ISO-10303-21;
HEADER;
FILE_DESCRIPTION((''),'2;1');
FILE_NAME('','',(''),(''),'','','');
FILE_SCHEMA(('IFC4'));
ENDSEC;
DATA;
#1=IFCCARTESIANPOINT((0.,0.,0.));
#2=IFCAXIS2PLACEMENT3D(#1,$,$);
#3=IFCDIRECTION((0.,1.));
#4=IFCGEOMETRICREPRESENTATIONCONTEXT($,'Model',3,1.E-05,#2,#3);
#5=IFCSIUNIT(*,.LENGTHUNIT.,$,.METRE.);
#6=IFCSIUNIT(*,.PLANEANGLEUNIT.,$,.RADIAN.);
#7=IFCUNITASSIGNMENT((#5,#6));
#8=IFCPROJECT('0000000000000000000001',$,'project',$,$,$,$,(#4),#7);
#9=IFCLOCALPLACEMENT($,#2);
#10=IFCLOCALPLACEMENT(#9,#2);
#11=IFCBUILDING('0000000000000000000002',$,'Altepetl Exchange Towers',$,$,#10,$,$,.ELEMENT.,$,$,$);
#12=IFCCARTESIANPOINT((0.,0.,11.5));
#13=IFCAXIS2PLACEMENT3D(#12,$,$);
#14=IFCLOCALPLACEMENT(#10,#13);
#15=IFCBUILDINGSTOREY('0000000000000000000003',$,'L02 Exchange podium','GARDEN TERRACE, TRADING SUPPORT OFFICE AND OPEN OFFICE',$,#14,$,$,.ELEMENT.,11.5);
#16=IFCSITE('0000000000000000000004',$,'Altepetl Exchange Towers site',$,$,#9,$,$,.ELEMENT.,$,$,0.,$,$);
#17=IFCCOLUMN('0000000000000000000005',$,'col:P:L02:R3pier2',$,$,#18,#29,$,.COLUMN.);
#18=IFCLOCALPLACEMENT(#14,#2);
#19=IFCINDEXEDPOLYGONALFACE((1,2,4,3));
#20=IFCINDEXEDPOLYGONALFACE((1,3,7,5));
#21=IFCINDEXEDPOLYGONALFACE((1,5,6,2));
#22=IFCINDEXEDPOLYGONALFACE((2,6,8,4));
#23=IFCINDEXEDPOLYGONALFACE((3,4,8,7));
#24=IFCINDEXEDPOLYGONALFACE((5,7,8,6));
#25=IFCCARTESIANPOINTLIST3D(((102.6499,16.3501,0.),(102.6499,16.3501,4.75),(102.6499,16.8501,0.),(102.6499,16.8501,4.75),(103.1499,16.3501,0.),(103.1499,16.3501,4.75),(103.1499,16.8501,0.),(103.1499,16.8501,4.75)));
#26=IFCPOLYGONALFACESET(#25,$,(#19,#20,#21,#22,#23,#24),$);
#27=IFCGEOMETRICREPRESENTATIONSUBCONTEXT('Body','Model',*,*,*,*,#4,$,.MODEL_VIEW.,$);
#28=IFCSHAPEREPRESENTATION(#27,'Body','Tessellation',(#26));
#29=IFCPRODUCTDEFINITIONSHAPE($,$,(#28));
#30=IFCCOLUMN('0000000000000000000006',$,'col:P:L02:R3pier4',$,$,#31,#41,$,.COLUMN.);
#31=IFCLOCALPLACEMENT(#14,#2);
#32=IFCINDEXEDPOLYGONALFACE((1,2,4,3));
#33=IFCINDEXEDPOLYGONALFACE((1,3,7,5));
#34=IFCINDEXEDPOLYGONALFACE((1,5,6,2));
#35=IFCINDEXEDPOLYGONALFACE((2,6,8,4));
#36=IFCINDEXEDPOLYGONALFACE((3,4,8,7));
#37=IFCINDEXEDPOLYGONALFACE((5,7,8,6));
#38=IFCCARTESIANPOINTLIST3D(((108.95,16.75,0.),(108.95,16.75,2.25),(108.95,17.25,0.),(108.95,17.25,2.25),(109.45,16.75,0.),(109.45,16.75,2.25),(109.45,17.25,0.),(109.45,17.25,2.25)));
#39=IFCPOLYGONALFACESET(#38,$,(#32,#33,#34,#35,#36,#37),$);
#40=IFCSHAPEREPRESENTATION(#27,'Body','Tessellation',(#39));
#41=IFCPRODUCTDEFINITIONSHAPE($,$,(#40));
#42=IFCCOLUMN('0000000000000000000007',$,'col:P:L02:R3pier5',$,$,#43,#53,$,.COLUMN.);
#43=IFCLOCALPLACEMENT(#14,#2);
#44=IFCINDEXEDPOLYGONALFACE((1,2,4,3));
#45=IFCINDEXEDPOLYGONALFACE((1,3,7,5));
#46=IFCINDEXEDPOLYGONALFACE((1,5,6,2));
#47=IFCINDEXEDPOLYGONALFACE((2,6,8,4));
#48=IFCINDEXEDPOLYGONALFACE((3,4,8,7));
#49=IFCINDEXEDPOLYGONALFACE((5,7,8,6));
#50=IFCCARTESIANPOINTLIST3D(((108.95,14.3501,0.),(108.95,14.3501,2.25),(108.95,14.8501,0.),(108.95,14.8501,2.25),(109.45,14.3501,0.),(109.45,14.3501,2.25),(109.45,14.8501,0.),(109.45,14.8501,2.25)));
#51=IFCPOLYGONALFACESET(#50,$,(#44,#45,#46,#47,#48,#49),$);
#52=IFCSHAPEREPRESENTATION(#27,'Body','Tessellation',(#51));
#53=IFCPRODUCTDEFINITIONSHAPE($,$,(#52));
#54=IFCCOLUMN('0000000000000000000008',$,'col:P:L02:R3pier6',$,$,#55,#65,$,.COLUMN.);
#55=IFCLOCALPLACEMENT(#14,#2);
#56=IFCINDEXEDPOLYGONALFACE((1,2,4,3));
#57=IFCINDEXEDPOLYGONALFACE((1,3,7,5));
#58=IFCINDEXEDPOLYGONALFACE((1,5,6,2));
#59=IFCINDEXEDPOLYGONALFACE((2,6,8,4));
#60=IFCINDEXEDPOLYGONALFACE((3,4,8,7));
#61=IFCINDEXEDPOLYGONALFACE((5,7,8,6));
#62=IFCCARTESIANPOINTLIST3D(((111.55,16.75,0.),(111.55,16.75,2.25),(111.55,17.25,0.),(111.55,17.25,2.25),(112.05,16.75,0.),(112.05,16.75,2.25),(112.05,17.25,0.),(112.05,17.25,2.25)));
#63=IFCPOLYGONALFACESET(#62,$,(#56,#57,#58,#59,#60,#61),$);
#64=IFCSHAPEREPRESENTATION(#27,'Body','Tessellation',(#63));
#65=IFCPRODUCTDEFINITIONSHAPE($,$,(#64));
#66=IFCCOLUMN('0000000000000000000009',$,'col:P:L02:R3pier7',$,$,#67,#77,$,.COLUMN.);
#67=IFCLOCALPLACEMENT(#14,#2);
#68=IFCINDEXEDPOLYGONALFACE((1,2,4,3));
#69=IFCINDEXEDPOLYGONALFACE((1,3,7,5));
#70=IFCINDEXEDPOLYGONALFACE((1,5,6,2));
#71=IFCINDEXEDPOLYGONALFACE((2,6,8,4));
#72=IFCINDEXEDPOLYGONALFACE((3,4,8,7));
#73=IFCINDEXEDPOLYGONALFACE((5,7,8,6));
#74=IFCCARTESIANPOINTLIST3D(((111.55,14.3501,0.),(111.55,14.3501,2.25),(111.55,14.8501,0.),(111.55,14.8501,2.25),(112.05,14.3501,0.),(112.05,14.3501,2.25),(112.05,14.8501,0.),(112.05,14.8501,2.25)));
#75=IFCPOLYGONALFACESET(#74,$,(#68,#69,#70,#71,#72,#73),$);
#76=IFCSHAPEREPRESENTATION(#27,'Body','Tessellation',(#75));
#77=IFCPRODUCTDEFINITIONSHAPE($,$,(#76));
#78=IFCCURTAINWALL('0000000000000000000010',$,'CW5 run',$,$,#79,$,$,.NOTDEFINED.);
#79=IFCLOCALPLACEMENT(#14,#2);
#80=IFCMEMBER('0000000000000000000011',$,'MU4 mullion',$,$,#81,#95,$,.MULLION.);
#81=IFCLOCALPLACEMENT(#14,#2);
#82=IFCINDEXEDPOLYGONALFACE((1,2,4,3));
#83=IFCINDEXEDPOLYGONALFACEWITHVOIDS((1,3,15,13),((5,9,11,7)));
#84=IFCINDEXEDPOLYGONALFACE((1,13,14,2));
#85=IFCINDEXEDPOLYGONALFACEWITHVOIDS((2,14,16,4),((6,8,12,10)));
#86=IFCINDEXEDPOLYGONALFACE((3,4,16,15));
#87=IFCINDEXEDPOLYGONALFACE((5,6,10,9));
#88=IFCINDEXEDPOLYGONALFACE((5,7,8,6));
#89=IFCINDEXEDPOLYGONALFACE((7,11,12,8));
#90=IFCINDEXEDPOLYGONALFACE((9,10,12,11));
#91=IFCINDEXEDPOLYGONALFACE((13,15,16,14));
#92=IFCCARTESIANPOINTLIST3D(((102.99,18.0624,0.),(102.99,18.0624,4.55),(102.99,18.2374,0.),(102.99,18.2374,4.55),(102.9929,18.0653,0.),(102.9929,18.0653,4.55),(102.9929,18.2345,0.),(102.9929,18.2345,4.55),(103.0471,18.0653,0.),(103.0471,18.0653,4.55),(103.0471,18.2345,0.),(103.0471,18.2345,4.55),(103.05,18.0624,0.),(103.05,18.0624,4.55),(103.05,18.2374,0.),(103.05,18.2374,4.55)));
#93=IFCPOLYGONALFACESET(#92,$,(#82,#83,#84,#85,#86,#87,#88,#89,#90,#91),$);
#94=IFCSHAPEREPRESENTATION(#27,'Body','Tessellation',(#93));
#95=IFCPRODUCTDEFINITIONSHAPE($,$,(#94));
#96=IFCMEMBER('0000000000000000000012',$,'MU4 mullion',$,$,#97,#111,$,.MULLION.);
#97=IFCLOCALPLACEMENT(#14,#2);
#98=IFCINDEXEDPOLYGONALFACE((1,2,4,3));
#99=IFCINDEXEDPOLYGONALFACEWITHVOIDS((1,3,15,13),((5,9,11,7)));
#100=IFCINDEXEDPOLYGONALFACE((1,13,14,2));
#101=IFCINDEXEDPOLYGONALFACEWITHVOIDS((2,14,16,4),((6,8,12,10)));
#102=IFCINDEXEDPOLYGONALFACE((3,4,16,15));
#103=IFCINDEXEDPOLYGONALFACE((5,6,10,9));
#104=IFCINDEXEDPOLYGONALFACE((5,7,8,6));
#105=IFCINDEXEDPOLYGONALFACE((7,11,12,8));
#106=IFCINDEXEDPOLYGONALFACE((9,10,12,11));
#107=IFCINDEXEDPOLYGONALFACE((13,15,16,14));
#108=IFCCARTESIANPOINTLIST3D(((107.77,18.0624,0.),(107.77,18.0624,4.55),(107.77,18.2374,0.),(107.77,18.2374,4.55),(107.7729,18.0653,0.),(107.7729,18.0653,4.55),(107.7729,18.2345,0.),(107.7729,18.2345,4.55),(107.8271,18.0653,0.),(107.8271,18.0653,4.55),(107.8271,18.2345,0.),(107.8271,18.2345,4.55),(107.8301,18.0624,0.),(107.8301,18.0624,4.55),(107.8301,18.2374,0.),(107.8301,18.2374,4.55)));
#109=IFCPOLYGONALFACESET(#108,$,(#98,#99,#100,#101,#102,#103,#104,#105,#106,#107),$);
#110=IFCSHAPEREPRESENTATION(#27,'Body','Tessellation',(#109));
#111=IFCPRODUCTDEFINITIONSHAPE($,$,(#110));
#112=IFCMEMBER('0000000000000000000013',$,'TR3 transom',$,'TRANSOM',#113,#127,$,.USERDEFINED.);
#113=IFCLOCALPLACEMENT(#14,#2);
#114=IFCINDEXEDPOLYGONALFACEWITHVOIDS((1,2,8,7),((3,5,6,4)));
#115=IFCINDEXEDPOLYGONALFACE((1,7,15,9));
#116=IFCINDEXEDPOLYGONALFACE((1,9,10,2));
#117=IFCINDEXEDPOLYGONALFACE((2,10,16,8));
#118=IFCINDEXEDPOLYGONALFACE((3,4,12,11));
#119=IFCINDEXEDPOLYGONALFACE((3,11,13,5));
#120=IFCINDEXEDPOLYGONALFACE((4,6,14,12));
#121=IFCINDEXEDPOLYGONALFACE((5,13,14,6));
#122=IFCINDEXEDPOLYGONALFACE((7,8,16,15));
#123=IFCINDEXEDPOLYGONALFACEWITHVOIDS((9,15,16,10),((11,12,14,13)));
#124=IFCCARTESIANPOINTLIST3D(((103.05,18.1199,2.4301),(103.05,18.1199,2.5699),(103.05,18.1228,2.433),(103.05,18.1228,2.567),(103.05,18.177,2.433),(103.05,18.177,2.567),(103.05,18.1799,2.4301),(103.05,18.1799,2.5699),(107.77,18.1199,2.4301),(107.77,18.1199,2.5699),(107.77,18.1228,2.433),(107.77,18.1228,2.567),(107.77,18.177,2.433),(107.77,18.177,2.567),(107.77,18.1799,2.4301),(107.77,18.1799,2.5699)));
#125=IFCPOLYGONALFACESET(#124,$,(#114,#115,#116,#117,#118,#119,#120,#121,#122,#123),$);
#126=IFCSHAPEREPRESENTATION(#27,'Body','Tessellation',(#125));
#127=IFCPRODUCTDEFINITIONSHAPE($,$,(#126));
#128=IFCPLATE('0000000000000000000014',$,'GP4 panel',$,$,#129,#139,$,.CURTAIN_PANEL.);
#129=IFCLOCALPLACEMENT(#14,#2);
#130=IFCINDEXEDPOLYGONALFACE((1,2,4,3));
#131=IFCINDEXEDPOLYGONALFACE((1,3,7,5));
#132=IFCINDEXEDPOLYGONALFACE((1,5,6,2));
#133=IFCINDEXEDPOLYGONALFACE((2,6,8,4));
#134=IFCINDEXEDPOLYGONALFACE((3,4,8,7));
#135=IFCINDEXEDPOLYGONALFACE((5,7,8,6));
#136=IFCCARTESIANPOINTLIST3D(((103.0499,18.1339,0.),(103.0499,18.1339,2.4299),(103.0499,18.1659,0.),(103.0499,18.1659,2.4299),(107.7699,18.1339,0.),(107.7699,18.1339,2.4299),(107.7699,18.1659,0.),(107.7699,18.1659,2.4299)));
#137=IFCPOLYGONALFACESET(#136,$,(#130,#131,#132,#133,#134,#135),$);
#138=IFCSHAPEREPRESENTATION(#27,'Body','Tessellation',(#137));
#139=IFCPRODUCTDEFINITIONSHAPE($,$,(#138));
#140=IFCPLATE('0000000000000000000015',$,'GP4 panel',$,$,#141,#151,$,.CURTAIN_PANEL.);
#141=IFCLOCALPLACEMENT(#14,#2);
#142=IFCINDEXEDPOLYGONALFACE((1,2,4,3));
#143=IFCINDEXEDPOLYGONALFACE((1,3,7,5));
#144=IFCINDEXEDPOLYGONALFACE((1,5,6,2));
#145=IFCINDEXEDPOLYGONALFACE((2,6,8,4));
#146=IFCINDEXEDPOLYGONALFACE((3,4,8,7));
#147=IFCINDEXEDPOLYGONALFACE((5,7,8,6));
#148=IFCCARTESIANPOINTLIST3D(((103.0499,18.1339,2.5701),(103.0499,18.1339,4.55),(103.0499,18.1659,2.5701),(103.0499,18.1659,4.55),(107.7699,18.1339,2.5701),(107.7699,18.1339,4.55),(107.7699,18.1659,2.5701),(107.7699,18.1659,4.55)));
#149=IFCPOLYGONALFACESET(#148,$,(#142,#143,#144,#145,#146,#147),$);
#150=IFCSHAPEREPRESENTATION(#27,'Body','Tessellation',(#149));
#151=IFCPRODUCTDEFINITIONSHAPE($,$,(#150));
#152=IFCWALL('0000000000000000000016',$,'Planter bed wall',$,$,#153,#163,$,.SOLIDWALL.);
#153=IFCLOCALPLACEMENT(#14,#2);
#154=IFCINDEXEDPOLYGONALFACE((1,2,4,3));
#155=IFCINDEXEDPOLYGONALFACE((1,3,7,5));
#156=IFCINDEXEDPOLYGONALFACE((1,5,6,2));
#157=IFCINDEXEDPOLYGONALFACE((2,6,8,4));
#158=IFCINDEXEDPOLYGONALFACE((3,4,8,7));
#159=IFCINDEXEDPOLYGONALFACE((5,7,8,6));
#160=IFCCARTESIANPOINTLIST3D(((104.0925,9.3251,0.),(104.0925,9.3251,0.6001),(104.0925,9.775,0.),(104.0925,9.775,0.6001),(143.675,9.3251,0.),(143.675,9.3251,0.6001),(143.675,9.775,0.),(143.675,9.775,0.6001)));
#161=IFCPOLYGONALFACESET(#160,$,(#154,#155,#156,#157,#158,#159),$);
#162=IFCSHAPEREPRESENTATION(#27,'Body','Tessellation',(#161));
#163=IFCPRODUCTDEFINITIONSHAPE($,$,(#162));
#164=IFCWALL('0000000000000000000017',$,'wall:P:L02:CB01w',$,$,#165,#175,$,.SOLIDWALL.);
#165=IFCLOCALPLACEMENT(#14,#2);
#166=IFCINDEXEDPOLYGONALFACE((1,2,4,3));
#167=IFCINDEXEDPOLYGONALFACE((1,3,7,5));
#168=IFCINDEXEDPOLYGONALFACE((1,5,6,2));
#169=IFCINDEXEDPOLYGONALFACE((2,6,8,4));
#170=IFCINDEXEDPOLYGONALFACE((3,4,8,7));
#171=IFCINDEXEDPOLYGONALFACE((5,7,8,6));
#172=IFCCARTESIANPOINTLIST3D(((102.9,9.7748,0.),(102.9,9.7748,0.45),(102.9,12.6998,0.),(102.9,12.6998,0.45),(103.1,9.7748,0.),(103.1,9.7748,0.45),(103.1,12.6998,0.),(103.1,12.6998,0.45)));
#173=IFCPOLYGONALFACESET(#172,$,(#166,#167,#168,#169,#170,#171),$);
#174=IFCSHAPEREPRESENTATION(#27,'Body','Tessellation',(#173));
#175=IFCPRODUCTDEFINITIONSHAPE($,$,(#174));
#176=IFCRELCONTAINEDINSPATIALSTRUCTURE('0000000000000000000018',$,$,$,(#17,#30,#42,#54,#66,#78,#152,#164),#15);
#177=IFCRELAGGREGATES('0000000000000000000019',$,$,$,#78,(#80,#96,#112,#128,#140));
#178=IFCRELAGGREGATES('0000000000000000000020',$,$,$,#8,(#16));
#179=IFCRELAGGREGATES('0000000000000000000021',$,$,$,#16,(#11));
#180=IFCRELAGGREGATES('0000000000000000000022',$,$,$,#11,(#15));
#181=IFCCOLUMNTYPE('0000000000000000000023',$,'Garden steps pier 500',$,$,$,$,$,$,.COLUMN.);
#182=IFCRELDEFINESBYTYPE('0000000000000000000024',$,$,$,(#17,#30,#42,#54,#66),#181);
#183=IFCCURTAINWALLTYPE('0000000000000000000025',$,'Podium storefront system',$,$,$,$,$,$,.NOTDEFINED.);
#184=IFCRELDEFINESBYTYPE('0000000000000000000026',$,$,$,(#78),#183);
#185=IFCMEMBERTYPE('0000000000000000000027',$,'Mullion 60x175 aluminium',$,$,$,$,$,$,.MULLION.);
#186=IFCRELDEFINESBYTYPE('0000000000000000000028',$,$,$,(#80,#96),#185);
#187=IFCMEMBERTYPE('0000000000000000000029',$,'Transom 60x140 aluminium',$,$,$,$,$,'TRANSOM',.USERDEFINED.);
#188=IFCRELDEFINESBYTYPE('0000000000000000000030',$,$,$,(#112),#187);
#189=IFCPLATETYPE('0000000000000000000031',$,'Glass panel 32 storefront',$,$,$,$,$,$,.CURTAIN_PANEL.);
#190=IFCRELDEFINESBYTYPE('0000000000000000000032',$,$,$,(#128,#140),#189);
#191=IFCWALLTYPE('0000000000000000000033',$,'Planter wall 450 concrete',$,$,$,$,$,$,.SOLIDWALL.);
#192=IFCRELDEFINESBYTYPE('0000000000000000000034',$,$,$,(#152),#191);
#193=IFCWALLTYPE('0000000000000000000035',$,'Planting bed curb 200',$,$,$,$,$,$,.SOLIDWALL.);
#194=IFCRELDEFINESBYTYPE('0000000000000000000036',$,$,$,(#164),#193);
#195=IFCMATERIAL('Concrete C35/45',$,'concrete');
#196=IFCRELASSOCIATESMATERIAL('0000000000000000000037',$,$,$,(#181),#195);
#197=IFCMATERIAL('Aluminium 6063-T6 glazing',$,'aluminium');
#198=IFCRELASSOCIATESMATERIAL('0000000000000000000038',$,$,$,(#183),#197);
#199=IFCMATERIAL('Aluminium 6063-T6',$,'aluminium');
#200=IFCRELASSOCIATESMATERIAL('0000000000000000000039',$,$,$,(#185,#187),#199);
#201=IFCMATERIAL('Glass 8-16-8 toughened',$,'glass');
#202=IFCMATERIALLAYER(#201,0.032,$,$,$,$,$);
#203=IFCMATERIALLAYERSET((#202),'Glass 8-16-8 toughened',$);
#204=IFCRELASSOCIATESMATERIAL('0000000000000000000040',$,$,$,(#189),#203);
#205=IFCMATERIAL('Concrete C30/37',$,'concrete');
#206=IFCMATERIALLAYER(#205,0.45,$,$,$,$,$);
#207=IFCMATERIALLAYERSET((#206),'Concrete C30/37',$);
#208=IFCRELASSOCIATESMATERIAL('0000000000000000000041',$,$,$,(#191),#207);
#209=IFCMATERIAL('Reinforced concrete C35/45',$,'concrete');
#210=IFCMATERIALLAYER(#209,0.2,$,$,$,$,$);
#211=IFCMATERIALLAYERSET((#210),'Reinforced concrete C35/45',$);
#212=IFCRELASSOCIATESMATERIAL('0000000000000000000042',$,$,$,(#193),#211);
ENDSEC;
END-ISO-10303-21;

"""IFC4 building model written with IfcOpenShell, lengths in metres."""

from ifc_helpers import new_model, si_unit, direction, frame, frame_2d, origin, origin_2d, place, context, subcontext, project, spatial, rectangle, hollow_rectangle, extrude, material, layer, layer_set, material_profile, profile_set, type_object, element, aggregate, save


model = new_model("IFC4")

# Units and contexts
model_context = context("Model", 3, precision=1e-05, world=origin(), true_north=direction((0.0, 1.0)))
body_context = subcontext(model_context, "Body", "Model", "MODEL_VIEW")
ifc_project = project(units=[si_unit("LENGTHUNIT", "METRE"), si_unit("PLANEANGLEUNIT", "RADIAN")], contexts=[model_context])

# Site, building, storey
site_placement = place(None, origin())
site = spatial("IfcSite", under=ifc_project, at=site_placement, Name="Altepetl Exchange Towers site", CompositionType="ELEMENT", RefElevation=0.0)
building_placement = place(site_placement, origin())
building = spatial("IfcBuilding", under=site, at=building_placement, Name="Altepetl Exchange Towers", CompositionType="ELEMENT")
storey_placement = place(building_placement, frame((0.0, 0.0, 11.5)))
storey = spatial("IfcBuildingStorey", under=building, at=storey_placement, Name="L02 Exchange podium", Description="GARDEN TERRACE, TRADING SUPPORT OFFICE AND OPEN OFFICE", CompositionType="ELEMENT", Elevation=11.5)

# Columns
ifc_material_1 = material(Name="Concrete C35/45", Category="concrete")
ifc_material_profile_1 = material_profile(ifc_material_1, rectangle(XDim=0.5, YDim=0.5, at=origin_2d()), Name="500 x 500")
ifc_profile_set_1 = profile_set([ifc_material_profile_1], Name="Concrete C35/45")
column_type = type_object("IfcColumnType", Name="Garden steps pier 500", PredefinedType="COLUMN", material=ifc_profile_set_1)
column_placement = place(storey_placement, frame((102.8999, 16.6001, 0.0)))
element("IfcColumn", 1, at=column_placement, inside=storey, type_object=column_type, Name="col:P:L02:R3pier2", PredefinedType="COLUMN", context=body_context, shape_type="SweptSolid", body=[
    extrude(rectangle(XDim=0.5, YDim=0.5, at=origin_2d()), origin(), (0.0, 0.0, 1.0), 4.75),
])
for number, where, name in (
    (2, (109.2, 17.0, 0.0), "col:P:L02:R3pier4"),
    (3, (109.2, 14.6001, 0.0), "col:P:L02:R3pier5"),
    (4, (111.8, 17.0, 0.0), "col:P:L02:R3pier6"),
    (5, (111.8, 14.6001, 0.0), "col:P:L02:R3pier7"),
):
    element("IfcColumn", number, at=place(storey_placement, frame(where)), inside=storey, type_object=column_type, Name=name, PredefinedType="COLUMN", context=body_context, shape_type="SweptSolid", body=[
        extrude(rectangle(XDim=0.5, YDim=0.5, at=origin_2d()), origin(), (0.0, 0.0, 1.0), 2.25),
    ])

# Curtain wall, members, plates
ifc_material_2 = material(Name="Aluminium 6063-T6 glazing", Category="aluminium")
curtain_wall_type = type_object("IfcCurtainWallType", Name="Podium storefront system", PredefinedType="NOTDEFINED", material=ifc_material_2)
curtain_wall_placement = place(storey_placement, origin())
curtain_wall = element("IfcCurtainWall", 6, at=curtain_wall_placement, inside=storey, type_object=curtain_wall_type, Name="CW5 run", PredefinedType="NOTDEFINED")
ifc_material_3 = material(Name="Aluminium 6063-T6", Category="aluminium")
ifc_material_profile_2 = material_profile(ifc_material_3, hollow_rectangle(XDim=0.0601, YDim=0.175, WallThickness=0.0029, at=origin_2d()), Name="Mullion 60x175 aluminium")
ifc_profile_set_2 = profile_set([ifc_material_profile_2], Name="Aluminium 6063-T6")
member_type_1 = type_object("IfcMemberType", Name="Mullion 60x175 aluminium", PredefinedType="MULLION", material=ifc_profile_set_2)
member_1_placement = place(storey_placement, frame((103.02, 18.1499, 0.0)))
member_1 = element("IfcMember", 7, at=member_1_placement, type_object=member_type_1, Name="MU4 mullion", PredefinedType="MULLION", context=body_context, shape_type="SweptSolid", body=[
    extrude(hollow_rectangle(XDim=0.0601, YDim=0.175, WallThickness=0.0029, at=origin_2d()), origin(), (0.0, 0.0, 1.0), 4.55),
])
member_2_placement = place(storey_placement, frame((107.8, 18.1499, 0.0)))
member_2 = element("IfcMember", 8, at=member_2_placement, type_object=member_type_1, Name="MU4 mullion", PredefinedType="MULLION", context=body_context, shape_type="SweptSolid", body=[
    extrude(hollow_rectangle(XDim=0.0601, YDim=0.175, WallThickness=0.0029, at=origin_2d()), origin(), (0.0, 0.0, 1.0), 4.55),
])
ifc_material_profile_3 = material_profile(ifc_material_3, hollow_rectangle(XDim=0.0601, YDim=0.1399, WallThickness=0.0029, at=origin_2d()), Name="Transom 60x140 aluminium")
ifc_profile_set_3 = profile_set([ifc_material_profile_3], Name="Aluminium 6063-T6")
member_type_2 = type_object("IfcMemberType", Name="Transom 60x140 aluminium", ElementType="TRANSOM", PredefinedType="USERDEFINED", material=ifc_profile_set_3)
member_3_placement = place(storey_placement, frame((103.05, 18.1499, 2.5), z_axis=(1.0, 0.0, 0.0), x_axis=(0.0, 1.0, 0.0)))
member_3 = element("IfcMember", 9, at=member_3_placement, type_object=member_type_2, Name="TR3 transom", ObjectType="TRANSOM", PredefinedType="USERDEFINED", context=body_context, shape_type="SweptSolid", body=[
    extrude(hollow_rectangle(XDim=0.0601, YDim=0.1399, WallThickness=0.0029, at=origin_2d()), origin(), (0.0, 0.0, 1.0), 4.72),
])
ifc_material_4 = material(Name="Glass 8-16-8 toughened", Category="glass")
ifc_layer_1 = layer(ifc_material_4, 0.032)
ifc_layer_set_1 = layer_set([ifc_layer_1], Name="Glass 8-16-8 toughened")
plate_type = type_object("IfcPlateType", Name="Glass panel 32 storefront", PredefinedType="CURTAIN_PANEL", material=ifc_layer_set_1)
plate_1_placement = place(storey_placement, frame((105.4099, 18.1499, 0.0)))
plate_1 = element("IfcPlate", 10, at=plate_1_placement, type_object=plate_type, Name="GP4 panel", PredefinedType="CURTAIN_PANEL", context=body_context, shape_type="SweptSolid", body=[
    extrude(rectangle(XDim=4.72, YDim=0.032, at=origin_2d()), origin(), (0.0, 0.0, 1.0), 2.4299),
])
plate_2_placement = place(storey_placement, frame((105.4099, 18.1499, 2.5701)))
plate_2 = element("IfcPlate", 11, at=plate_2_placement, type_object=plate_type, Name="GP4 panel", PredefinedType="CURTAIN_PANEL", context=body_context, shape_type="SweptSolid", body=[
    extrude(rectangle(XDim=4.72, YDim=0.032, at=origin_2d()), origin(), (0.0, 0.0, 1.0), 1.98),
])
aggregate(curtain_wall, [member_1, member_2, member_3, plate_1, plate_2])

# Walls
ifc_material_5 = material(Name="Concrete C30/37", Category="concrete")
ifc_layer_2 = layer(ifc_material_5, 0.45)
ifc_layer_set_2 = layer_set([ifc_layer_2], Name="Concrete C30/37")
wall_type_1 = type_object("IfcWallType", Name="Planter wall 450 concrete", PredefinedType="SOLIDWALL", material=ifc_layer_set_2)
wall_1_placement = place(storey_placement, frame((104.0925, 9.55, 0.0)))
element("IfcWall", 12, at=wall_1_placement, inside=storey, type_object=wall_type_1, Name="Planter bed wall", PredefinedType="SOLIDWALL", context=body_context, shape_type="SweptSolid", body=[
    extrude(rectangle(XDim=39.5825, YDim=0.45, at=frame_2d((19.7913, 0.0))), origin(), (0.0, 0.0, 1.0), 0.6001),
])
ifc_material_6 = material(Name="Reinforced concrete C35/45", Category="concrete")
ifc_layer_3 = layer(ifc_material_6, 0.2)
ifc_layer_set_3 = layer_set([ifc_layer_3], Name="Reinforced concrete C35/45")
wall_type_2 = type_object("IfcWallType", Name="Planting bed curb 200", PredefinedType="SOLIDWALL", material=ifc_layer_set_3)
wall_2_placement = place(storey_placement, frame((103.0, 9.7749, 0.0), z_axis=(0.0, 0.0, 1.0), x_axis=(0.0, 1.0, 0.0)))
element("IfcWall", 13, at=wall_2_placement, inside=storey, type_object=wall_type_2, Name="wall:P:L02:CB01w", PredefinedType="SOLIDWALL", context=body_context, shape_type="SweptSolid", body=[
    extrude(rectangle(XDim=2.925, YDim=0.2, at=frame_2d((1.4624, 0.0))), origin(), (0.0, 0.0, 1.0), 0.45),
])

save(model, "model.ifc")
